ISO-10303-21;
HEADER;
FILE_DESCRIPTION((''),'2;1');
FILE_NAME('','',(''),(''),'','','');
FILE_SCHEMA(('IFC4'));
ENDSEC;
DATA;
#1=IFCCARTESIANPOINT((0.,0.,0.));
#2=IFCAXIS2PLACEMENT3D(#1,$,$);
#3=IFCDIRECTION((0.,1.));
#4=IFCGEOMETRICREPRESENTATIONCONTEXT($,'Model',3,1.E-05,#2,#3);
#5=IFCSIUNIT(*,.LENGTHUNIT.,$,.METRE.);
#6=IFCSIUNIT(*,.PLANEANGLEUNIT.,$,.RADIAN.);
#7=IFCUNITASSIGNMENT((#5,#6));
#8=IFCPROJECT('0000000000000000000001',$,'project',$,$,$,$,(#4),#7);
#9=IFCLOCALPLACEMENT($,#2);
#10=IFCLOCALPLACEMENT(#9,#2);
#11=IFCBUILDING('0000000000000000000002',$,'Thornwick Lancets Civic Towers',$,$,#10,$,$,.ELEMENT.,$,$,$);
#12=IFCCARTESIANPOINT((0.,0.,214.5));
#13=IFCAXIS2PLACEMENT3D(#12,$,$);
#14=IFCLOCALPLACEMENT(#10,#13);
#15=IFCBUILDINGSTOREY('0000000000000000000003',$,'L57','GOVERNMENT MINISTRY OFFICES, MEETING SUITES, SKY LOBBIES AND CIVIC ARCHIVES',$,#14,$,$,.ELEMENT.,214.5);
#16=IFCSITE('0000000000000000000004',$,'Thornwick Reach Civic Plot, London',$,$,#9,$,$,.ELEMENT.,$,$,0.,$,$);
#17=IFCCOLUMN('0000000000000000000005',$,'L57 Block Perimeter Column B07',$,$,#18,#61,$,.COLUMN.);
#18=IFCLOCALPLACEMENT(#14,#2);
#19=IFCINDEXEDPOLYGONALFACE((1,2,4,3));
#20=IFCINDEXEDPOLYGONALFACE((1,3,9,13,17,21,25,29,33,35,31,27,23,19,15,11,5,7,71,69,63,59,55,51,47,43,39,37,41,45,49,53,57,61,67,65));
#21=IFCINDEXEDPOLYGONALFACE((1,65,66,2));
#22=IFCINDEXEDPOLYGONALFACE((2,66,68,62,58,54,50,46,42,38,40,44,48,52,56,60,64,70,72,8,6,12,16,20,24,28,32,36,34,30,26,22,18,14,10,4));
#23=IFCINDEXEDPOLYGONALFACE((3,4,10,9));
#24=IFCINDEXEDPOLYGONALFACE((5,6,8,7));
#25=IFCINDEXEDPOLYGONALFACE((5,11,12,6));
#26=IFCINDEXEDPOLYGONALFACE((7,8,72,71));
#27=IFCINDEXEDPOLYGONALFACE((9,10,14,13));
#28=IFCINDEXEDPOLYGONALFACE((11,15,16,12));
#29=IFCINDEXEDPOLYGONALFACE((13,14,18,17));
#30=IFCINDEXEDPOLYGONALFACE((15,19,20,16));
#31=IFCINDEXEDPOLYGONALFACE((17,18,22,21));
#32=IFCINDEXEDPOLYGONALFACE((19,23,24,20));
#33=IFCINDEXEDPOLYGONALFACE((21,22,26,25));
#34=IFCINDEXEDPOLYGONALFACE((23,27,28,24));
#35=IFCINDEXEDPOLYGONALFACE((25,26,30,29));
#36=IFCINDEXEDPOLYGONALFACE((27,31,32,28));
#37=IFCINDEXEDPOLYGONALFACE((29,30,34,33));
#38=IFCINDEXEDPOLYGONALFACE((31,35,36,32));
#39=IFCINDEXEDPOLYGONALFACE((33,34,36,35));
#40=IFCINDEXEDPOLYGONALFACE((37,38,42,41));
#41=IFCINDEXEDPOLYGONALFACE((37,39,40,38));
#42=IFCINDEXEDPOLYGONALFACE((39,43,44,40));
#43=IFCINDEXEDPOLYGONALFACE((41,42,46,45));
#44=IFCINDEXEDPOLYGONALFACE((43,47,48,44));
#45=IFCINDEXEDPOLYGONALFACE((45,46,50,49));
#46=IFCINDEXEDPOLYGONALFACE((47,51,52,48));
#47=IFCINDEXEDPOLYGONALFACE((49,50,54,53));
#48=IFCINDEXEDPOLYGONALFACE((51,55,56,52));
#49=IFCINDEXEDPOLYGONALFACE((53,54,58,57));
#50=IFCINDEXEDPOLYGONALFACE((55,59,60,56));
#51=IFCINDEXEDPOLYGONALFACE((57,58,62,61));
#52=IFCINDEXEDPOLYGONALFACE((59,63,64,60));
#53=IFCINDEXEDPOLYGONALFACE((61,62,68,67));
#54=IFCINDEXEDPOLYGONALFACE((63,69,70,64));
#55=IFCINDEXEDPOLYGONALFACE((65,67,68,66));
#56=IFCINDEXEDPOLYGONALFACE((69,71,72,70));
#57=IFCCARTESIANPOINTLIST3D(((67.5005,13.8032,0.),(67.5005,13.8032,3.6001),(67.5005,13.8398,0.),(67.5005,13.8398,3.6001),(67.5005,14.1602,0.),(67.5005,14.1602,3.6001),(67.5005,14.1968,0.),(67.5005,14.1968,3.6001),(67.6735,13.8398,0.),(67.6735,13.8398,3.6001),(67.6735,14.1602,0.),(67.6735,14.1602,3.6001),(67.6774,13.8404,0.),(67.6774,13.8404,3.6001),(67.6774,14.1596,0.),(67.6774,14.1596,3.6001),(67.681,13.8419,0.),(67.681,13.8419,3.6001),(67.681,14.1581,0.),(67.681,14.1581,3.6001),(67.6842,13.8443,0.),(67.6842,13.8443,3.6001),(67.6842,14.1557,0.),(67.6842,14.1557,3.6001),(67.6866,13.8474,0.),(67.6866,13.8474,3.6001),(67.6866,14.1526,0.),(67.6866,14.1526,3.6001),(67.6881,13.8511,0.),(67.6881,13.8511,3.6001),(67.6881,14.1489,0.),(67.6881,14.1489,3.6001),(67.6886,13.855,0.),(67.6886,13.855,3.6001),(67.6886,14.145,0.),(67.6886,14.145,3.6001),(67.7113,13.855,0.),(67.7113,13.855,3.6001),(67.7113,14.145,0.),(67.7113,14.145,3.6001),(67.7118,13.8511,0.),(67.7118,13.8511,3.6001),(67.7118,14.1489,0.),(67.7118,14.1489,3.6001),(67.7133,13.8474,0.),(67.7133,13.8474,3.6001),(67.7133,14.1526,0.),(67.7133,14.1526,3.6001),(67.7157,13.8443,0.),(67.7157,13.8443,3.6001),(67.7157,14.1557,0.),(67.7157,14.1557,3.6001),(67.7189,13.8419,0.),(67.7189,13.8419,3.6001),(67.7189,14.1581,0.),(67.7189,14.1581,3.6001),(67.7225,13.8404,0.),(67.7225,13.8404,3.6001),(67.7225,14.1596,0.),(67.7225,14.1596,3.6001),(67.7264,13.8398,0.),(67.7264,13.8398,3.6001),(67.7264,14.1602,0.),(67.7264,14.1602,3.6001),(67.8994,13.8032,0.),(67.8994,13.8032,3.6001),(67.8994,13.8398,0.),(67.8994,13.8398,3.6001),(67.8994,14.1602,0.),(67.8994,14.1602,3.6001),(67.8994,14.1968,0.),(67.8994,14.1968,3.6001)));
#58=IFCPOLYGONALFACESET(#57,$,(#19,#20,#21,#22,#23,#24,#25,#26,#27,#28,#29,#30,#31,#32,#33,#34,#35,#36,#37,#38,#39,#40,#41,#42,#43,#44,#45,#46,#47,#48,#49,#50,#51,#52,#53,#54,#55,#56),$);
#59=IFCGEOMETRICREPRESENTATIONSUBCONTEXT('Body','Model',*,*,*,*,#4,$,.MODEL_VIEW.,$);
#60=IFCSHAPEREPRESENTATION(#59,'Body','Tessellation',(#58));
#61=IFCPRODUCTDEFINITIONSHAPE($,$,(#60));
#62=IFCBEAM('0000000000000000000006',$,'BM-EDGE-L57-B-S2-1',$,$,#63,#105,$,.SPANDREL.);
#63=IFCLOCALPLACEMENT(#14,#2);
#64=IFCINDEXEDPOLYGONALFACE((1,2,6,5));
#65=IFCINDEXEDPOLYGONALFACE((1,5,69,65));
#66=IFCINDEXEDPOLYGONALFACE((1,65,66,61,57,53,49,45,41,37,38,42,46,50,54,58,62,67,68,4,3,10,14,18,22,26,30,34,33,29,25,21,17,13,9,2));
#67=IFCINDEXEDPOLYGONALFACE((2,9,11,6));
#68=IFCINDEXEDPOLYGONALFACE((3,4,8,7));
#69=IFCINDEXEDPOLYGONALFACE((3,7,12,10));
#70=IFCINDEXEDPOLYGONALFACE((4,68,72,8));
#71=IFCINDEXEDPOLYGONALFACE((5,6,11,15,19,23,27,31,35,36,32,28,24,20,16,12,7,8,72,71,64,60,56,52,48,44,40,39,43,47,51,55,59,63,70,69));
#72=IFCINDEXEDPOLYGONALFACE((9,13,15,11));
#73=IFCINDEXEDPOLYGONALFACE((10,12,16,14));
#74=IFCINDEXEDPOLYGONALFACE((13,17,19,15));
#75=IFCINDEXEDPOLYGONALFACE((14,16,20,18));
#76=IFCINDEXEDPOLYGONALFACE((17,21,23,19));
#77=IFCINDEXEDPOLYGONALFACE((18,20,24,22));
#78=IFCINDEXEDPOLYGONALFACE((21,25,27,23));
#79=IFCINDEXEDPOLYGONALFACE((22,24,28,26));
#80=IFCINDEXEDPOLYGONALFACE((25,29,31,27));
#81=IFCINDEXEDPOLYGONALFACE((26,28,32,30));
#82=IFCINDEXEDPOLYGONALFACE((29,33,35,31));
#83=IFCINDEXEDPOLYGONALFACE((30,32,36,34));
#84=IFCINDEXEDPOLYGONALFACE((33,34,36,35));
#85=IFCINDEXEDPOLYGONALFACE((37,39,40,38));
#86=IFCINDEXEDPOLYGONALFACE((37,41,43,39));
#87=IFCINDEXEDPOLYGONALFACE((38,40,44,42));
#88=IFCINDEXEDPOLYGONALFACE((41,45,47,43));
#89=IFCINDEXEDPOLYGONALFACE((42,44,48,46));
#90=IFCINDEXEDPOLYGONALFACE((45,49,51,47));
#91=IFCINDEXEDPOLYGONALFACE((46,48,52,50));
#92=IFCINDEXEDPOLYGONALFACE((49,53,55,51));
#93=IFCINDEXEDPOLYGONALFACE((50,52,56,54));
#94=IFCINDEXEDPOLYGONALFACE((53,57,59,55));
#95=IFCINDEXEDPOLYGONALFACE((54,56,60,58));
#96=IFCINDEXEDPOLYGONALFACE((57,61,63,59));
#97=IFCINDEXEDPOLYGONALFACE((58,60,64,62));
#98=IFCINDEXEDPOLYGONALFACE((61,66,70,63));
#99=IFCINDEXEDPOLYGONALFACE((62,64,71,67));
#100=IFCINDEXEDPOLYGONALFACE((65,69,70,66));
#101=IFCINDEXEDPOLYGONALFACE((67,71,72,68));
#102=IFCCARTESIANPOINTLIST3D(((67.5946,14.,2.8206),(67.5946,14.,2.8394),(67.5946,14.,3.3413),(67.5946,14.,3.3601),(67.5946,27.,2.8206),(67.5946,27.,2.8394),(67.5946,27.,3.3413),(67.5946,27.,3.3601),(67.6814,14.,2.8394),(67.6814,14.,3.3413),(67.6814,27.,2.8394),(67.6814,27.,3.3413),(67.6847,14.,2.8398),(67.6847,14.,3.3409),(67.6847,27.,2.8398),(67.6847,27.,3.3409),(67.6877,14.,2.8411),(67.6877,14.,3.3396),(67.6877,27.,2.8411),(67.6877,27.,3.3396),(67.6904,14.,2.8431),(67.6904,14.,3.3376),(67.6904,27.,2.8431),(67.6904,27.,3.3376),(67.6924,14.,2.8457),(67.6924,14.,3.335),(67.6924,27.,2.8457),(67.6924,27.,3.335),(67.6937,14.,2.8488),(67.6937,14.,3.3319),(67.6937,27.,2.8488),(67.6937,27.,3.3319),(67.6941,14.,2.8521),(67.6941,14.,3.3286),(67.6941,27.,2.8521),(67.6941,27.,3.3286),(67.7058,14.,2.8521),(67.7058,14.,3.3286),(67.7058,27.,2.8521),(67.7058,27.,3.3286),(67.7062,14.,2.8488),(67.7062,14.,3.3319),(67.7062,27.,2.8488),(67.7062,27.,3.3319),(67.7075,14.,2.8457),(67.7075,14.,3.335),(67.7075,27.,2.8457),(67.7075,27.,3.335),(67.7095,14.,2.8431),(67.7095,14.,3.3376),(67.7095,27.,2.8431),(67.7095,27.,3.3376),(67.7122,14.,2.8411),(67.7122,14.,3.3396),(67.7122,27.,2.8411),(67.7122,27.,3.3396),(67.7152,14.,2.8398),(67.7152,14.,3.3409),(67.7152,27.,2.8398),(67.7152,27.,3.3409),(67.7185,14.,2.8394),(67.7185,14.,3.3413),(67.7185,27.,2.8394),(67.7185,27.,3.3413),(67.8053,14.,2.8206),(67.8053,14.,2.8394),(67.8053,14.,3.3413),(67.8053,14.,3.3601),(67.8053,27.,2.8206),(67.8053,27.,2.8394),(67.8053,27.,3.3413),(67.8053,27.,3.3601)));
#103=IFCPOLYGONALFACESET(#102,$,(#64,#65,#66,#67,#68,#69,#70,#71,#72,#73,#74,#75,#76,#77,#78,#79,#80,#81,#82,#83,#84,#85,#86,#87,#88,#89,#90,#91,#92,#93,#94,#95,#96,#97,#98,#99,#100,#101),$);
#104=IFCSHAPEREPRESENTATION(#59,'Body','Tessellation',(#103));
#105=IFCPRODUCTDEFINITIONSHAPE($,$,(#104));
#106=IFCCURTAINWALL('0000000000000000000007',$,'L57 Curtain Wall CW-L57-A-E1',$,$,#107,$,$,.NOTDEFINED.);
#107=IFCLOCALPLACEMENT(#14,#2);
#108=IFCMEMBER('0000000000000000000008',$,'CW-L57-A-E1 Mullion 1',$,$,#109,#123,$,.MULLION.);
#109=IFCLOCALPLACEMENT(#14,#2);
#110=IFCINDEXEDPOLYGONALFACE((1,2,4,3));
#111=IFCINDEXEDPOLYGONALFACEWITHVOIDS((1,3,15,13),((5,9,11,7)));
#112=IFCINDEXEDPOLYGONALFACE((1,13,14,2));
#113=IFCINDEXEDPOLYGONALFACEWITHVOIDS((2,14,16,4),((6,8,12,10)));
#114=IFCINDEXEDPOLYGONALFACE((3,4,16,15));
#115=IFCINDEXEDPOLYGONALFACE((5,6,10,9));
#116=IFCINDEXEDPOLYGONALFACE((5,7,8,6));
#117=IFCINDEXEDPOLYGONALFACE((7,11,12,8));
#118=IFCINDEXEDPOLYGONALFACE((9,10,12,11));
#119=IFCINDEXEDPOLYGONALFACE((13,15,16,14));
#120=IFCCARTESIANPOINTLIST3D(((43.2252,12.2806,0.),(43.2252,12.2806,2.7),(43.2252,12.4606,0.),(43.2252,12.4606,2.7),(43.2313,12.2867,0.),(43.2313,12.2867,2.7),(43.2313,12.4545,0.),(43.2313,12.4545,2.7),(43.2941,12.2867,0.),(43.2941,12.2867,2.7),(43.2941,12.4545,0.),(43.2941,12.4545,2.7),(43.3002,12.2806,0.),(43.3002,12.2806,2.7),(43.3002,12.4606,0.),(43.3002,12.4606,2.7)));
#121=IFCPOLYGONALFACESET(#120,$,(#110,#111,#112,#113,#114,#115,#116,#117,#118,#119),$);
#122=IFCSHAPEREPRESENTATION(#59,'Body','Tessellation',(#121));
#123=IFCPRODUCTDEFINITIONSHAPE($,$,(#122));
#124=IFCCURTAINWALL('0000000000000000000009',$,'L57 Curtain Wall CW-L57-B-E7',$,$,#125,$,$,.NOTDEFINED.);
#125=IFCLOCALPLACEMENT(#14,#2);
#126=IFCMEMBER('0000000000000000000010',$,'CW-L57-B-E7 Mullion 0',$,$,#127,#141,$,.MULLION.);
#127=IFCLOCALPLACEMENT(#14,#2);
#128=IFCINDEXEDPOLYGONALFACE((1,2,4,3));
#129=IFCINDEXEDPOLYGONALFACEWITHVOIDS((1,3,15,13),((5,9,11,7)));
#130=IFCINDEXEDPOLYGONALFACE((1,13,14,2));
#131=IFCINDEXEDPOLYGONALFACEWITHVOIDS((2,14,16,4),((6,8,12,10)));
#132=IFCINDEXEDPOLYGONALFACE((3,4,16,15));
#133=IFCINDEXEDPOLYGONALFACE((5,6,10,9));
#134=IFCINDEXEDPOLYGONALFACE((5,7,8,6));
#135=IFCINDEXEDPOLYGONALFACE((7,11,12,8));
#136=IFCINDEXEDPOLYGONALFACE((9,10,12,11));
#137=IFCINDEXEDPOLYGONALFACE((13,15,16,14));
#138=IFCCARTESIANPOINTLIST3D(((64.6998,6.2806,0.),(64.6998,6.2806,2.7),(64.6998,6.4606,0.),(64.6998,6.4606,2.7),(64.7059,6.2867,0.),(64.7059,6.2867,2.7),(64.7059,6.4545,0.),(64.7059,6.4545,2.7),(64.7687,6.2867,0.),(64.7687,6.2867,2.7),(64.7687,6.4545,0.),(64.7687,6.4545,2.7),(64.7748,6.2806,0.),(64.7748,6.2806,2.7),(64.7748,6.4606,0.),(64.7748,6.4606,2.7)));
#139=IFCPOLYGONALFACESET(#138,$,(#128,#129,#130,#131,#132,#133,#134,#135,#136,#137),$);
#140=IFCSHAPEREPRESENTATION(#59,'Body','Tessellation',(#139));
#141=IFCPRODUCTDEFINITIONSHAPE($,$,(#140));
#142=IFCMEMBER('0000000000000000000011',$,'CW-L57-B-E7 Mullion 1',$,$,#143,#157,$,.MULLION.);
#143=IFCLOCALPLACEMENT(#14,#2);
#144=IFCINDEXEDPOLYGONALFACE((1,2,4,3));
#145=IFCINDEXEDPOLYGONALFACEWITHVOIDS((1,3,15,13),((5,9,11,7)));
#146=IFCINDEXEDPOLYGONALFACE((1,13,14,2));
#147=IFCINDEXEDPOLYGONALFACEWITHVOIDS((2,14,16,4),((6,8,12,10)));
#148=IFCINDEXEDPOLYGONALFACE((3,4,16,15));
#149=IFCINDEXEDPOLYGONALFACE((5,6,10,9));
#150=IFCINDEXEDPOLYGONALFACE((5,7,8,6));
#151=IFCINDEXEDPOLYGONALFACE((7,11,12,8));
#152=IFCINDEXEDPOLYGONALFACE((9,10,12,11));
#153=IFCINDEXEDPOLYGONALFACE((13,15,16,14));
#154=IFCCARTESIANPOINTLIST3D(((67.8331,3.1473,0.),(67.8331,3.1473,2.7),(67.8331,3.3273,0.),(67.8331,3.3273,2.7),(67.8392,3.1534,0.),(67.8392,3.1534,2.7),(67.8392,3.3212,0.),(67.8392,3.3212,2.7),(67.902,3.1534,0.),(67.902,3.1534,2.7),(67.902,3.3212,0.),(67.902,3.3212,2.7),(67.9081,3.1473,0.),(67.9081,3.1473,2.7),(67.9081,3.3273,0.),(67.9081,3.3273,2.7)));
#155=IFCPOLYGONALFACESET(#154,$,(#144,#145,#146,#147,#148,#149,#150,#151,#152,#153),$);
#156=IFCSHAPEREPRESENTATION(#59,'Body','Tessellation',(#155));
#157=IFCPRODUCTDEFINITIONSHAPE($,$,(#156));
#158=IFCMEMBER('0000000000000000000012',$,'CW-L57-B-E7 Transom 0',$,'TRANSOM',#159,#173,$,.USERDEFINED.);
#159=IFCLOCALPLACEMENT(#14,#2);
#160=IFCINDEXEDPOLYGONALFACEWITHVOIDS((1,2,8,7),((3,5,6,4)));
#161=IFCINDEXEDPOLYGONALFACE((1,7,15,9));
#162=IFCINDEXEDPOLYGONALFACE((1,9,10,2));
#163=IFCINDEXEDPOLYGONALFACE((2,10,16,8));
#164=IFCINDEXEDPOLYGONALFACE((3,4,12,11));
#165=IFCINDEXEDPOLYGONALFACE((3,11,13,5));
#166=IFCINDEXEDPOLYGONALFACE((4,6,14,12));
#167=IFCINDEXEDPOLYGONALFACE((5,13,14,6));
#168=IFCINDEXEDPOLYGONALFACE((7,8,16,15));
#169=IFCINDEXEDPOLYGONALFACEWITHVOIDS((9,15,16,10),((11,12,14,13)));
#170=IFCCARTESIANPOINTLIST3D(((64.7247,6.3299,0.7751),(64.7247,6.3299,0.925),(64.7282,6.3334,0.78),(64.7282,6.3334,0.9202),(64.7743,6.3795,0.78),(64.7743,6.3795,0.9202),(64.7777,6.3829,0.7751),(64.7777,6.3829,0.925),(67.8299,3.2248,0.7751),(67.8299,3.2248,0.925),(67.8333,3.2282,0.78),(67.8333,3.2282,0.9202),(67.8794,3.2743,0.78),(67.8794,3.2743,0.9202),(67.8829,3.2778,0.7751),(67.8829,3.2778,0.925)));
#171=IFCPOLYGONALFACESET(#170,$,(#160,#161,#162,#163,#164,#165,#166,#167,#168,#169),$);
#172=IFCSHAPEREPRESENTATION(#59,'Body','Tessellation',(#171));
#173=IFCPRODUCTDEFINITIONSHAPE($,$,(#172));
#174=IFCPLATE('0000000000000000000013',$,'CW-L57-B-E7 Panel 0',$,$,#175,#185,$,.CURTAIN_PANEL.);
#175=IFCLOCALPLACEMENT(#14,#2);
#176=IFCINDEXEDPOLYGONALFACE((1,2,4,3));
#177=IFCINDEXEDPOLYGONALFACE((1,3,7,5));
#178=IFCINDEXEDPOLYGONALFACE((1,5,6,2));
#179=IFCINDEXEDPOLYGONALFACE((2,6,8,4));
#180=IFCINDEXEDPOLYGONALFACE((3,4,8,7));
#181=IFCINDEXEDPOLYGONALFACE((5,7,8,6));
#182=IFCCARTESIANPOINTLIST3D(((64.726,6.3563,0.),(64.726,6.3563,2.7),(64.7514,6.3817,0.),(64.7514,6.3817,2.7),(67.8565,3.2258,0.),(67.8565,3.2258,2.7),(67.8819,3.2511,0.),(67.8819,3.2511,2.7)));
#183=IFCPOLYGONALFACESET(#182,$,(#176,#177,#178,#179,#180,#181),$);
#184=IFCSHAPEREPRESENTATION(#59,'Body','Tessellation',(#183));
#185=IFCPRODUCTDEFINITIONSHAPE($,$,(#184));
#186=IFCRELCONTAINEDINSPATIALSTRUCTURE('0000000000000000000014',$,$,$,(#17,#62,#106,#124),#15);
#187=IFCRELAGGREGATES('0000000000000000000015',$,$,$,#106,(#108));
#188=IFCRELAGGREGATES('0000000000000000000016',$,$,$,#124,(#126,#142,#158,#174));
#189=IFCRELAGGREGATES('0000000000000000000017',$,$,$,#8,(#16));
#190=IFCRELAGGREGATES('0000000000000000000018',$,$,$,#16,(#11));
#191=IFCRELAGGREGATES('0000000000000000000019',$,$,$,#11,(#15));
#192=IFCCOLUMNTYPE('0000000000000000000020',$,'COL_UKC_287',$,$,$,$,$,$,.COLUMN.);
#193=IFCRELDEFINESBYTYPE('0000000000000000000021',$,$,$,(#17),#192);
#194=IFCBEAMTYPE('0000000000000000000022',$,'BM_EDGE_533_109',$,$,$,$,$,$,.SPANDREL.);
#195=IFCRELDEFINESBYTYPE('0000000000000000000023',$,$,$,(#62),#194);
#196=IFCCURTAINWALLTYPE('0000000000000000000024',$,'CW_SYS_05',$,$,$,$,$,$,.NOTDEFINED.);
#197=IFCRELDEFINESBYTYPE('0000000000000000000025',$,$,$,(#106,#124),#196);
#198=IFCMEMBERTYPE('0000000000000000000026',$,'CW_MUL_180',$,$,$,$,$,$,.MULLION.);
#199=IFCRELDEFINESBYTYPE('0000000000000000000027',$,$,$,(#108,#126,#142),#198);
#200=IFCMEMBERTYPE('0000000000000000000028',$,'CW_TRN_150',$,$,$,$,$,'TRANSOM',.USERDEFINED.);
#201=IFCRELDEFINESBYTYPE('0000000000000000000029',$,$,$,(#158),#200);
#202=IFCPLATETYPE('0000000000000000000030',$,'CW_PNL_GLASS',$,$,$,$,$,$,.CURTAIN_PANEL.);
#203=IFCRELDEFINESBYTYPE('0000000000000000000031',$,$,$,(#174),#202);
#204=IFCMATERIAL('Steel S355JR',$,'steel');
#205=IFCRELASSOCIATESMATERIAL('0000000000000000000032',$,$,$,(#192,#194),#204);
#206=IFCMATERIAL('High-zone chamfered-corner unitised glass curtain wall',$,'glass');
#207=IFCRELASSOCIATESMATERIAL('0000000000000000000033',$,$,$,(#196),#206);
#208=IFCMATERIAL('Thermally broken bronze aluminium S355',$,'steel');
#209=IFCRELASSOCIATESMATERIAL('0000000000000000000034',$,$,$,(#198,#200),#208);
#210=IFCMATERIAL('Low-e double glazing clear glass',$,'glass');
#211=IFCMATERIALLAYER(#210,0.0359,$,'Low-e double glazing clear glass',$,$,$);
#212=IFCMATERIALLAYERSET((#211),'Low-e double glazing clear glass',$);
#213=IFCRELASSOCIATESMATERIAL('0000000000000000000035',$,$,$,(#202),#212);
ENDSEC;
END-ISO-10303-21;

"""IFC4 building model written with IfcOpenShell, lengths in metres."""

from ifc_helpers import new_model, si_unit, direction, frame, origin, origin_2d, place, context, subcontext, project, spatial, rectangle, hollow_rectangle, i_section, extrude, material, layer, layer_set, material_profile, profile_set, type_object, element, aggregate, save


model = new_model("IFC4")

# Units and contexts
model_context = context("Model", 3, precision=1e-05, world=origin(), true_north=direction((0.0, 1.0)))
body_context = subcontext(model_context, "Body", "Model", "MODEL_VIEW")
ifc_project = project(units=[si_unit("LENGTHUNIT", "METRE"), si_unit("PLANEANGLEUNIT", "RADIAN")], contexts=[model_context])

# Site, building, storey
site_placement = place(None, origin())
site = spatial("IfcSite", under=ifc_project, at=site_placement, Name="Thornwick Reach Civic Plot, London", CompositionType="ELEMENT", RefElevation=0.0)
building_placement = place(site_placement, origin())
building = spatial("IfcBuilding", under=site, at=building_placement, Name="Thornwick Lancets Civic Towers", CompositionType="ELEMENT")
storey_placement = place(building_placement, frame((0.0, 0.0, 214.5)))
storey = spatial("IfcBuildingStorey", under=building, at=storey_placement, Name="L57", Description="GOVERNMENT MINISTRY OFFICES, MEETING SUITES, SKY LOBBIES AND CIVIC ARCHIVES", CompositionType="ELEMENT", Elevation=214.5)

# Column
ifc_material_1 = material(Name="Steel S355JR", Category="steel")
ifc_material_profile_1 = material_profile(ifc_material_1, i_section(OverallWidth=0.3989, OverallDepth=0.3936, WebThickness=0.0227, FlangeThickness=0.0366, FilletRadius=0.0151, at=origin_2d()), Name="UKC 356x406x287")
ifc_profile_set_1 = profile_set([ifc_material_profile_1], Name="Steel S355JR")
column_type = type_object("IfcColumnType", Name="COL_UKC_287", PredefinedType="COLUMN", material=ifc_profile_set_1)
column_placement = place(storey_placement, frame((67.7, 14.0, 0.0), z_axis=(0.0, 0.0, 1.0), x_axis=(1.0, 0.0, 0.0)))
element("IfcColumn", 1, at=column_placement, inside=storey, type_object=column_type, Name="L57 Block Perimeter Column B07", PredefinedType="COLUMN", context=body_context, shape_type="SweptSolid", body=[
    extrude(i_section(OverallWidth=0.3989, OverallDepth=0.3936, WebThickness=0.0227, FlangeThickness=0.0366, FilletRadius=0.0151, at=origin_2d()), origin(), (0.0, 0.0, 1.0), 3.6001),
])

# Beam
ifc_material_profile_2 = material_profile(ifc_material_1, i_section(OverallWidth=0.2107, OverallDepth=0.5396, WebThickness=0.0117, FlangeThickness=0.0188, FilletRadius=0.0127, at=origin_2d()), Name="UKB 533x210x109")
ifc_profile_set_2 = profile_set([ifc_material_profile_2], Name="Steel S355JR")
beam_type = type_object("IfcBeamType", Name="BM_EDGE_533_109", PredefinedType="SPANDREL", material=ifc_profile_set_2)
beam_placement = place(storey_placement, frame((67.7, 14.0, 3.0903), z_axis=(0.0, 1.0, 0.0), x_axis=(-1.0, 0.0, 0.0)))
element("IfcBeam", 2, at=beam_placement, inside=storey, type_object=beam_type, Name="BM-EDGE-L57-B-S2-1", PredefinedType="SPANDREL", context=body_context, shape_type="SweptSolid", body=[
    extrude(i_section(OverallWidth=0.2107, OverallDepth=0.5396, WebThickness=0.0117, FlangeThickness=0.0188, FilletRadius=0.0127, at=origin_2d()), origin(), (0.0, 0.0, 1.0), 13.0),
])

# Curtain wall, member
ifc_material_2 = material(Name="High-zone chamfered-corner unitised glass curtain wall", Category="glass")
curtain_wall_type = type_object("IfcCurtainWallType", Name="CW_SYS_05", PredefinedType="NOTDEFINED", material=ifc_material_2)
curtain_wall_1_placement = place(storey_placement, origin())
curtain_wall_1 = element("IfcCurtainWall", 3, at=curtain_wall_1_placement, inside=storey, type_object=curtain_wall_type, Name="L57 Curtain Wall CW-L57-A-E1", PredefinedType="NOTDEFINED")
ifc_material_3 = material(Name="Thermally broken bronze aluminium S355", Category="steel")
ifc_material_profile_3 = material_profile(ifc_material_3, hollow_rectangle(XDim=0.075, YDim=0.1799, WallThickness=0.0061, at=origin_2d()), Name="RHS 180x75x6")
ifc_profile_set_3 = profile_set([ifc_material_profile_3], Name="Thermally broken bronze aluminium S355")
member_type_1 = type_object("IfcMemberType", Name="CW_MUL_180", PredefinedType="MULLION", material=ifc_profile_set_3)
member_1_placement = place(storey_placement, frame((43.2627, 12.3706, 0.0), z_axis=(0.0, 0.0, 1.0), x_axis=(1.0, 0.0, 0.0)))
member_1 = element("IfcMember", 4, at=member_1_placement, type_object=member_type_1, Name="CW-L57-A-E1 Mullion 1", PredefinedType="MULLION", context=body_context, shape_type="SweptSolid", body=[
    extrude(hollow_rectangle(XDim=0.075, YDim=0.1799, WallThickness=0.0061, at=origin_2d()), origin(), (0.0, 0.0, 1.0), 2.7),
])
aggregate(curtain_wall_1, [member_1])

# Curtain wall, members, plate
curtain_wall_2_placement = place(storey_placement, origin())
curtain_wall_2 = element("IfcCurtainWall", 5, at=curtain_wall_2_placement, inside=storey, type_object=curtain_wall_type, Name="L57 Curtain Wall CW-L57-B-E7", PredefinedType="NOTDEFINED")
member_2_placement = place(storey_placement, frame((64.7373, 6.3706, 0.0), z_axis=(0.0, 0.0, 1.0), x_axis=(1.0, 0.0, 0.0)))
member_2 = element("IfcMember", 6, at=member_2_placement, type_object=member_type_1, Name="CW-L57-B-E7 Mullion 0", PredefinedType="MULLION", context=body_context, shape_type="SweptSolid", body=[
    extrude(hollow_rectangle(XDim=0.075, YDim=0.1799, WallThickness=0.0061, at=origin_2d()), origin(), (0.0, 0.0, 1.0), 2.7),
])
member_3_placement = place(storey_placement, frame((67.8706, 3.2373, 0.0), z_axis=(0.0, 0.0, 1.0), x_axis=(1.0, 0.0, 0.0)))
member_3 = element("IfcMember", 7, at=member_3_placement, type_object=member_type_1, Name="CW-L57-B-E7 Mullion 1", PredefinedType="MULLION", context=body_context, shape_type="SweptSolid", body=[
    extrude(hollow_rectangle(XDim=0.075, YDim=0.1799, WallThickness=0.0061, at=origin_2d()), origin(), (0.0, 0.0, 1.0), 2.7),
])
ifc_material_profile_4 = material_profile(ifc_material_3, hollow_rectangle(XDim=0.075, YDim=0.1499, WallThickness=0.0049, at=origin_2d()), Name="RHS 150x75x5")
ifc_profile_set_4 = profile_set([ifc_material_profile_4], Name="Thermally broken bronze aluminium S355")
member_type_2 = type_object("IfcMemberType", Name="CW_TRN_150", ElementType="TRANSOM", PredefinedType="USERDEFINED", material=ifc_profile_set_4)
member_4_placement = place(storey_placement, frame((64.7512, 6.3564, 0.8501), z_axis=(0.707107, -0.707107, 0.0), x_axis=(0.707107, 0.707107, 0.0)))
member_4 = element("IfcMember", 8, at=member_4_placement, type_object=member_type_2, Name="CW-L57-B-E7 Transom 0", ObjectType="TRANSOM", PredefinedType="USERDEFINED", context=body_context, shape_type="SweptSolid", body=[
    extrude(hollow_rectangle(XDim=0.075, YDim=0.1499, WallThickness=0.0049, at=origin_2d()), origin(), (0.0, 0.0, 1.0), 4.3914),
])
ifc_material_4 = material(Name="Low-e double glazing clear glass", Category="glass")
ifc_layer_1 = layer(ifc_material_4, 0.0359, Name="Low-e double glazing clear glass")
ifc_layer_set_1 = layer_set([ifc_layer_1], Name="Low-e double glazing clear glass")
plate_type = type_object("IfcPlateType", Name="CW_PNL_GLASS", PredefinedType="CURTAIN_PANEL", material=ifc_layer_set_1)
plate_placement = place(storey_placement, frame((66.304, 4.8037, 0.0), z_axis=(0.0, 0.0, 1.0), x_axis=(0.707107, -0.707107, 0.0)))
plate = element("IfcPlate", 9, at=plate_placement, type_object=plate_type, Name="CW-L57-B-E7 Panel 0", PredefinedType="CURTAIN_PANEL", context=body_context, shape_type="SweptSolid", body=[
    extrude(rectangle(XDim=4.4272, YDim=0.0359, at=origin_2d()), origin(), (0.0, 0.0, 1.0), 2.7),
])
aggregate(curtain_wall_2, [member_2, member_3, member_4, plate])

save(model, "model.ifc")
